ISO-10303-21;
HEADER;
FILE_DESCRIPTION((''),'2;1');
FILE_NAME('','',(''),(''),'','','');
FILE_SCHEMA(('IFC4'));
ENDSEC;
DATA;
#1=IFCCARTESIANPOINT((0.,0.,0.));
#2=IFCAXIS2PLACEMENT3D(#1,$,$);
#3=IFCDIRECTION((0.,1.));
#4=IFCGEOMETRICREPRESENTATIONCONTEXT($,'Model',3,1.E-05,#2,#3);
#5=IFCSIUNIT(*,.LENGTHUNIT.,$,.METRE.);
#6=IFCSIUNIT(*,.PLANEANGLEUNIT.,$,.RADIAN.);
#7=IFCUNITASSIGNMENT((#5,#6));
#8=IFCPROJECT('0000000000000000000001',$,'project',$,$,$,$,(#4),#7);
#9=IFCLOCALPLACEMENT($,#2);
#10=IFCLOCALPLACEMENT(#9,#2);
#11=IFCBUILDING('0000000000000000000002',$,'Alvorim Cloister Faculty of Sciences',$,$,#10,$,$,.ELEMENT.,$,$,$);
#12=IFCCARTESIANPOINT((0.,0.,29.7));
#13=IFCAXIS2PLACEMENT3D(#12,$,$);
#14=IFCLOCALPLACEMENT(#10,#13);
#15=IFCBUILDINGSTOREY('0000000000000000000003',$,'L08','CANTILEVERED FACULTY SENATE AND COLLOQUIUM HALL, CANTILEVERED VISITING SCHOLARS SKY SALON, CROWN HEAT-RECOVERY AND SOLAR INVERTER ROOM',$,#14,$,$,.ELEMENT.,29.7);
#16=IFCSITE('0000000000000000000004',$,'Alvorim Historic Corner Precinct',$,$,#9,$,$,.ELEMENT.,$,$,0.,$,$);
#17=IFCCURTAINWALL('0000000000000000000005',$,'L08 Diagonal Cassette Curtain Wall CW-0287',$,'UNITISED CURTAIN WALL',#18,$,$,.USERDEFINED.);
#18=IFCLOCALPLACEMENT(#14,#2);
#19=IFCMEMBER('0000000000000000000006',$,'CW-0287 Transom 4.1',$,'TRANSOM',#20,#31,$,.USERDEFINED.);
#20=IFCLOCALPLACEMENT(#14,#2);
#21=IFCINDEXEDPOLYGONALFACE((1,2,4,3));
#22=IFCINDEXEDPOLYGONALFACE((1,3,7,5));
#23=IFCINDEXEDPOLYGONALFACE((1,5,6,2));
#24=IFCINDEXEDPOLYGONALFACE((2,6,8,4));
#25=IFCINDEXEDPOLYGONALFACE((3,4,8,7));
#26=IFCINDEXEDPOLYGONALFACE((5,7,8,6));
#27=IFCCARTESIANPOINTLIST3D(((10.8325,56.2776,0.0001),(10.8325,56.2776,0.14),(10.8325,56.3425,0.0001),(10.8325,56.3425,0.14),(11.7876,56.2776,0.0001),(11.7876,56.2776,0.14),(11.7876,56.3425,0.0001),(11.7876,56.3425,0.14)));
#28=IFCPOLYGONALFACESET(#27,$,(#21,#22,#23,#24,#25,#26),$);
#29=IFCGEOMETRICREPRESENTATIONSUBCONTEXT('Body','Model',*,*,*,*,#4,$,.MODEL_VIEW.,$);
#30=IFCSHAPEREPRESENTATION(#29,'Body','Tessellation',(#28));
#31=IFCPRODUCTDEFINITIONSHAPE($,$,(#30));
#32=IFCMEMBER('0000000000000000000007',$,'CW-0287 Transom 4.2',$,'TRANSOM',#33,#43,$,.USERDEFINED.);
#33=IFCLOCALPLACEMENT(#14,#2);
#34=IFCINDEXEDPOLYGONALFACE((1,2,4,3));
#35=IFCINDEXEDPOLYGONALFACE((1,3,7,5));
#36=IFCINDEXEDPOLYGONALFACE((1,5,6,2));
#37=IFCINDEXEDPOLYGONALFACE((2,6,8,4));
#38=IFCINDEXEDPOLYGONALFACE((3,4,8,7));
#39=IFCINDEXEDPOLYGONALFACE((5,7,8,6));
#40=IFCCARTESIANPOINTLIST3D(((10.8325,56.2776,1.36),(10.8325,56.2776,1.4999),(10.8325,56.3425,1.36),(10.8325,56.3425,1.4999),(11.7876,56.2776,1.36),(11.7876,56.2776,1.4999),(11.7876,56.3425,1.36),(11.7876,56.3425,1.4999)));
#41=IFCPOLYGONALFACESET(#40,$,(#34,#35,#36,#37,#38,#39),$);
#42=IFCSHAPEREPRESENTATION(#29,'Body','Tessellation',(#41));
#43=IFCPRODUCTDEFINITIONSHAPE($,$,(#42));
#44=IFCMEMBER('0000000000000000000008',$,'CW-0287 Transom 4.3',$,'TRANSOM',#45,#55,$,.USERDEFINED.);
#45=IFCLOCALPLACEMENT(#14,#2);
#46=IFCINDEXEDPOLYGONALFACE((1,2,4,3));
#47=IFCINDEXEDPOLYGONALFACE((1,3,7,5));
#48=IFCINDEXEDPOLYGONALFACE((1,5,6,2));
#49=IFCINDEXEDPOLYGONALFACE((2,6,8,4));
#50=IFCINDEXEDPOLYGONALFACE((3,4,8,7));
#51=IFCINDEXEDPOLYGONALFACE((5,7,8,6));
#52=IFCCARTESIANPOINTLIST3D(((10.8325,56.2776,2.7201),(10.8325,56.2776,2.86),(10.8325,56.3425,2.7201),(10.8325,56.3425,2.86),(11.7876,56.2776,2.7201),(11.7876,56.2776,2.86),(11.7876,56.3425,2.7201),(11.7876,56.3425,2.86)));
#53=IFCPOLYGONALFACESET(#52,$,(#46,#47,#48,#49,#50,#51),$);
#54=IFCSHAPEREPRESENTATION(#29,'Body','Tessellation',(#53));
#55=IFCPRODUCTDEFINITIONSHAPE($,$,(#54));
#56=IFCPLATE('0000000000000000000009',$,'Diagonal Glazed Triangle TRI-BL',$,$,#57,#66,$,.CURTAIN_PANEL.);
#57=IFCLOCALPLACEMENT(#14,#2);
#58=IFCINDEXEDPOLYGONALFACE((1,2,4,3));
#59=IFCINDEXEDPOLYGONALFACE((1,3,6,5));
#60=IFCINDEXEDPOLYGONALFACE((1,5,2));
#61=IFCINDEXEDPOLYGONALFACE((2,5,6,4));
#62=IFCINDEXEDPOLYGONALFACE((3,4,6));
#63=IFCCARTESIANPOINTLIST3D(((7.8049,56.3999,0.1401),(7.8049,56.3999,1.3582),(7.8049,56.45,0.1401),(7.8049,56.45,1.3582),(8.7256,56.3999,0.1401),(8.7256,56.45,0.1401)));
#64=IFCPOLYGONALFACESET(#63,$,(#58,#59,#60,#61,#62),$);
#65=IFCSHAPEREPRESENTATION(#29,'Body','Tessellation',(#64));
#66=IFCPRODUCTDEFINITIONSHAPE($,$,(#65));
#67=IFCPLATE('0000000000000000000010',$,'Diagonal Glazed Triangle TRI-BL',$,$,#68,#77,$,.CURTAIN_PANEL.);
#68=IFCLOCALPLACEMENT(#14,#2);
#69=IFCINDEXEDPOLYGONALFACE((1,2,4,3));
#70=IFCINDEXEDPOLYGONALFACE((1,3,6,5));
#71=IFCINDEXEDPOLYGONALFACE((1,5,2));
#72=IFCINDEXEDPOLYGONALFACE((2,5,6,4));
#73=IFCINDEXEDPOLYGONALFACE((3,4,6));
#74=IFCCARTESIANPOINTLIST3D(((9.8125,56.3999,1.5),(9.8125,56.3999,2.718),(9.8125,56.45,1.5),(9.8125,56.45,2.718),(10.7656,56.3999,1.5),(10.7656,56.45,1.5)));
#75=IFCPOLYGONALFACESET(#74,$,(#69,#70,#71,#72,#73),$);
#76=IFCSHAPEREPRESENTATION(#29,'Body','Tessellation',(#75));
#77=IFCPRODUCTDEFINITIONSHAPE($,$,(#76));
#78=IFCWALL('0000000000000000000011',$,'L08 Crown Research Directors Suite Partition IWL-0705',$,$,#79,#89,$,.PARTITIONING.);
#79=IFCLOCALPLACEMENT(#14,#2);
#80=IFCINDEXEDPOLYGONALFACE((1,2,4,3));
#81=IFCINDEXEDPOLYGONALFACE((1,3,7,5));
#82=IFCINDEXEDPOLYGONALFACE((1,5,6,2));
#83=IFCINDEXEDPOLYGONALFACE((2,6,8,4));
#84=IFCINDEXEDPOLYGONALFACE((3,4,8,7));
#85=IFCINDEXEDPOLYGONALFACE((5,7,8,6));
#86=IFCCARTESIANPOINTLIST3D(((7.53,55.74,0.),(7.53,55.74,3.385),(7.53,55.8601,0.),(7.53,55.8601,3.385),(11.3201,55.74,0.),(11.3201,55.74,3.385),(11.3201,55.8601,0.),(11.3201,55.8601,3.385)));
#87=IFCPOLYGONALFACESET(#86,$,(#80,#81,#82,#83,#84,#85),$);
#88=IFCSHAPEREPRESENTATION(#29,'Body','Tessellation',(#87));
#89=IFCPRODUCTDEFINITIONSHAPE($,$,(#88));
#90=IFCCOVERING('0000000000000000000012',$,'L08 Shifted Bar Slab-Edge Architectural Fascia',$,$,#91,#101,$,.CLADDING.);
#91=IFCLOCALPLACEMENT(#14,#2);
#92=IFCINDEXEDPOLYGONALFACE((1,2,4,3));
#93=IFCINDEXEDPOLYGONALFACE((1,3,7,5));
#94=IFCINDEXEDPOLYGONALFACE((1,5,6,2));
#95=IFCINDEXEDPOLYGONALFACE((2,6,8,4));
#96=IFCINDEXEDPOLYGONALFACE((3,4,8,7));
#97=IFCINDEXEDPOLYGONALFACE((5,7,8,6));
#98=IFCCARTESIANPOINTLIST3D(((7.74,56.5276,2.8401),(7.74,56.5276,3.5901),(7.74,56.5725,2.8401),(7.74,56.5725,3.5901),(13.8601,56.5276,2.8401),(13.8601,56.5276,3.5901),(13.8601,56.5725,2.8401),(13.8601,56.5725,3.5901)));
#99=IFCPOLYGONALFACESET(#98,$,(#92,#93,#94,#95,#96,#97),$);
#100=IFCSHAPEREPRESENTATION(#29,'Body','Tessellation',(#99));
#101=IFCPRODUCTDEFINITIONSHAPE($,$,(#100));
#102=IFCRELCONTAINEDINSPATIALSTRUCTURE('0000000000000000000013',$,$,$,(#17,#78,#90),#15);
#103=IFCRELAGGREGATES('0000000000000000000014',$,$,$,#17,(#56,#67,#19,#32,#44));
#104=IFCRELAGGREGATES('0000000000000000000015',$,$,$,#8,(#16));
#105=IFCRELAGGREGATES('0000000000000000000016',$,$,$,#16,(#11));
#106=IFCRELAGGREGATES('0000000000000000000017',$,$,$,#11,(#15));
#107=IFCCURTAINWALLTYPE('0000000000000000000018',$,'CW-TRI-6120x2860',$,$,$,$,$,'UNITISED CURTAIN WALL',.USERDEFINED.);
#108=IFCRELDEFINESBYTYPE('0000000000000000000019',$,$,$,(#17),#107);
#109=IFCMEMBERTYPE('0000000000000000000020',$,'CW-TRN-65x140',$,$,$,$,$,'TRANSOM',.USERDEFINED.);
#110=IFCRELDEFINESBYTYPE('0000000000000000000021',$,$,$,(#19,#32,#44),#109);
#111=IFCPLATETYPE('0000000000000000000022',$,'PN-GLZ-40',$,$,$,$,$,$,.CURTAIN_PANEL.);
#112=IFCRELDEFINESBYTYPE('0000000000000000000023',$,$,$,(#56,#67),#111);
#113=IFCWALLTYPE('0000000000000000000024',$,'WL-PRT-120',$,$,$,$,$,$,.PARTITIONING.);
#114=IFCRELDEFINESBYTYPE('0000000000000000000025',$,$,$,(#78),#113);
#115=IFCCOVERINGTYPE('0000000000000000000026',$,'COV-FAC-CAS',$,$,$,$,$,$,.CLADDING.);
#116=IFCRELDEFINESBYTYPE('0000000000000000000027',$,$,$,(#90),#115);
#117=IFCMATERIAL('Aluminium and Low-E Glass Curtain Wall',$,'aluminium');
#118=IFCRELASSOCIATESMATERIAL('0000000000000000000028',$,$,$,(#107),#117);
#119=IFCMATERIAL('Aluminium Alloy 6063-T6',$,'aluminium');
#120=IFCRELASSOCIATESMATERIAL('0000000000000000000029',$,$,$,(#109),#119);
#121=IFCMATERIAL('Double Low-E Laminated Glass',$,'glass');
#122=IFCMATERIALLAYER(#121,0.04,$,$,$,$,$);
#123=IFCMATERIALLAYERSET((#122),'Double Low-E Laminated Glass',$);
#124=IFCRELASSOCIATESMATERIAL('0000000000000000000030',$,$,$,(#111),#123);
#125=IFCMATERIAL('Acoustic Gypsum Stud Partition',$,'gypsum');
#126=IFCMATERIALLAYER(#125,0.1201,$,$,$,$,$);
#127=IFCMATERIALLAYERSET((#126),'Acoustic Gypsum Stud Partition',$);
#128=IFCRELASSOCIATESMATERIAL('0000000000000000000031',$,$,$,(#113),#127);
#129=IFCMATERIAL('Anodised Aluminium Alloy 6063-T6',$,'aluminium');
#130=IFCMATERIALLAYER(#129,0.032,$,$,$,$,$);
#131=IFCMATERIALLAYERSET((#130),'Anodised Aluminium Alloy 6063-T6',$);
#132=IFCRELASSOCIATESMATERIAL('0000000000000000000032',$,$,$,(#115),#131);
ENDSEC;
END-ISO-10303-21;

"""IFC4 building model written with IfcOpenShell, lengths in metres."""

from ifc_helpers import new_model, si_unit, direction, frame, frame_2d, origin, origin_2d, place, context, subcontext, project, spatial, polyline, rectangle, outline, extrude, material, layer, layer_set, material_profile, profile_set, type_object, element, aggregate, save


model = new_model("IFC4")

# Units and contexts
model_context = context("Model", 3, precision=1e-05, world=origin(), true_north=direction((0.0, 1.0)))
body_context = subcontext(model_context, "Body", "Model", "MODEL_VIEW")
ifc_project = project(units=[si_unit("LENGTHUNIT", "METRE"), si_unit("PLANEANGLEUNIT", "RADIAN")], contexts=[model_context])

# Site, building, storey
site_placement = place(None, origin())
site = spatial("IfcSite", under=ifc_project, at=site_placement, Name="Alvorim Historic Corner Precinct", CompositionType="ELEMENT", RefElevation=0.0)
building_placement = place(site_placement, origin())
building = spatial("IfcBuilding", under=site, at=building_placement, Name="Alvorim Cloister Faculty of Sciences", CompositionType="ELEMENT")
storey_placement = place(building_placement, frame((0.0, 0.0, 29.7)))
storey = spatial("IfcBuildingStorey", under=building, at=storey_placement, Name="L08", Description="CANTILEVERED FACULTY SENATE AND COLLOQUIUM HALL, CANTILEVERED VISITING SCHOLARS SKY SALON, CROWN HEAT-RECOVERY AND SOLAR INVERTER ROOM", CompositionType="ELEMENT", Elevation=29.7)

# Curtain wall, members, plates
ifc_material_1 = material(Name="Aluminium and Low-E Glass Curtain Wall", Category="aluminium")
curtain_wall_type = type_object("IfcCurtainWallType", Name="CW-TRI-6120x2860", ElementType="UNITISED CURTAIN WALL", PredefinedType="USERDEFINED", material=ifc_material_1)
curtain_wall_placement = place(storey_placement, origin())
curtain_wall = element("IfcCurtainWall", 1, at=curtain_wall_placement, inside=storey, type_object=curtain_wall_type, Name="L08 Diagonal Cassette Curtain Wall CW-0287", ObjectType="UNITISED CURTAIN WALL", PredefinedType="USERDEFINED")
ifc_material_2 = material(Name="Aluminium Alloy 6063-T6", Category="aluminium")
ifc_material_profile_1 = material_profile(ifc_material_2, rectangle(XDim=0.0649, YDim=0.1399, at=origin_2d()), Name="ALU-TRN-65x140")
ifc_profile_set_1 = profile_set([ifc_material_profile_1], Name="Aluminium Alloy 6063-T6")
member_type_1 = type_object("IfcMemberType", Name="CW-TRN-65x140", ElementType="TRANSOM", PredefinedType="USERDEFINED", material=ifc_profile_set_1)
member_1_placement = place(storey_placement, frame((10.8325, 56.3101, 0.0701), z_axis=(1.0, 0.0, 0.0), x_axis=(0.0, 1.0, 0.0)))
member_1 = element("IfcMember", 2, at=member_1_placement, type_object=member_type_1, Name="CW-0287 Transom 4.1", ObjectType="TRANSOM", PredefinedType="USERDEFINED", context=body_context, shape_type="SweptSolid", body=[
    extrude(rectangle(XDim=0.0649, YDim=0.1399, at=origin_2d()), origin(), (0.0, 0.0, 1.0), 0.9551),
])
member_2_placement = place(storey_placement, frame((10.8325, 56.3101, 1.4299), z_axis=(1.0, 0.0, 0.0), x_axis=(0.0, 1.0, 0.0)))
member_2 = element("IfcMember", 3, at=member_2_placement, type_object=member_type_1, Name="CW-0287 Transom 4.2", ObjectType="TRANSOM", PredefinedType="USERDEFINED", context=body_context, shape_type="SweptSolid", body=[
    extrude(rectangle(XDim=0.0649, YDim=0.1399, at=origin_2d()), origin(), (0.0, 0.0, 1.0), 0.9551),
])
member_3_placement = place(storey_placement, frame((10.8325, 56.3101, 2.79), z_axis=(1.0, 0.0, 0.0), x_axis=(0.0, 1.0, 0.0)))
member_3 = element("IfcMember", 4, at=member_3_placement, type_object=member_type_1, Name="CW-0287 Transom 4.3", ObjectType="TRANSOM", PredefinedType="USERDEFINED", context=body_context, shape_type="SweptSolid", body=[
    extrude(rectangle(XDim=0.0649, YDim=0.1399, at=origin_2d()), origin(), (0.0, 0.0, 1.0), 0.9551),
])
ifc_material_3 = material(Name="Double Low-E Laminated Glass", Category="glass")
ifc_layer_1 = layer(ifc_material_3, 0.04)
ifc_layer_set_1 = layer_set([ifc_layer_1], Name="Double Low-E Laminated Glass")
plate_type = type_object("IfcPlateType", Name="PN-GLZ-40", PredefinedType="CURTAIN_PANEL", material=ifc_layer_set_1)
plate_1_placement = place(storey_placement, frame((7.8049, 56.425, 0.1401), z_axis=(0.0, 0.0, 1.0), x_axis=(1.0, 0.0, 0.0)))
plate_1 = element("IfcPlate", 5, at=plate_1_placement, type_object=plate_type, Name="Diagonal Glazed Triangle TRI-BL", PredefinedType="CURTAIN_PANEL", context=body_context, shape_type="SweptSolid", body=[
    extrude(outline(polyline([(0.0, 0.0), (0.9207, 0.0), (0.0, 1.218), (0.0, 0.0)])), frame((0.0, 0.0249, 0.0), z_axis=(0.0, -1.0, 0.0), x_axis=(1.0, 0.0, 0.0)), (0.0, 0.0, 1.0), 0.05),
])
plate_2_placement = place(storey_placement, frame((9.8125, 56.425, 1.5), z_axis=(0.0, 0.0, 1.0), x_axis=(1.0, 0.0, 0.0)))
plate_2 = element("IfcPlate", 6, at=plate_2_placement, type_object=plate_type, Name="Diagonal Glazed Triangle TRI-BL", PredefinedType="CURTAIN_PANEL", context=body_context, shape_type="SweptSolid", body=[
    extrude(outline(polyline([(0.0, 0.0), (0.9531, 0.0), (0.0, 1.218), (0.0, 0.0)])), frame((0.0, 0.0249, 0.0), z_axis=(0.0, -1.0, 0.0), x_axis=(1.0, 0.0, 0.0)), (0.0, 0.0, 1.0), 0.05),
])
aggregate(curtain_wall, [plate_1, plate_2, member_1, member_2, member_3])

# Wall
ifc_material_4 = material(Name="Acoustic Gypsum Stud Partition", Category="gypsum")
ifc_layer_2 = layer(ifc_material_4, 0.1201)
ifc_layer_set_2 = layer_set([ifc_layer_2], Name="Acoustic Gypsum Stud Partition")
wall_type = type_object("IfcWallType", Name="WL-PRT-120", PredefinedType="PARTITIONING", material=ifc_layer_set_2)
wall_placement = place(storey_placement, frame((7.53, 55.8, 0.0), z_axis=(0.0, 0.0, 1.0), x_axis=(1.0, 0.0, 0.0)))
element("IfcWall", 7, at=wall_placement, inside=storey, type_object=wall_type, Name="L08 Crown Research Directors Suite Partition IWL-0705", PredefinedType="PARTITIONING", context=body_context, shape_type="SweptSolid", body=[
    extrude(rectangle(XDim=3.79, YDim=0.1201, at=frame_2d((1.895, 0.0))), origin(), (0.0, 0.0, 1.0), 3.385),
])

# Covering
ifc_material_5 = material(Name="Anodised Aluminium Alloy 6063-T6", Category="aluminium")
ifc_layer_3 = layer(ifc_material_5, 0.032)
ifc_layer_set_3 = layer_set([ifc_layer_3], Name="Anodised Aluminium Alloy 6063-T6")
covering_type = type_object("IfcCoveringType", Name="COV-FAC-CAS", PredefinedType="CLADDING", material=ifc_layer_set_3)
covering_placement = place(storey_placement, frame((7.74, 56.55, 2.8401), z_axis=(0.0, 0.0, 1.0), x_axis=(1.0, 0.0, 0.0)))
element("IfcCovering", 8, at=covering_placement, inside=storey, type_object=covering_type, Name="L08 Shifted Bar Slab-Edge Architectural Fascia", PredefinedType="CLADDING", context=body_context, shape_type="SweptSolid", body=[
    extrude(outline(polyline([(0.0, 0.0), (6.1201, 0.0), (6.1201, 0.75), (0.0, 0.75), (0.0, 0.0)])), frame((0.0, 0.0225, 0.0), z_axis=(0.0, -1.0, 0.0), x_axis=(1.0, 0.0, 0.0)), (0.0, 0.0, 1.0), 0.0449),
])

save(model, "model.ifc")
